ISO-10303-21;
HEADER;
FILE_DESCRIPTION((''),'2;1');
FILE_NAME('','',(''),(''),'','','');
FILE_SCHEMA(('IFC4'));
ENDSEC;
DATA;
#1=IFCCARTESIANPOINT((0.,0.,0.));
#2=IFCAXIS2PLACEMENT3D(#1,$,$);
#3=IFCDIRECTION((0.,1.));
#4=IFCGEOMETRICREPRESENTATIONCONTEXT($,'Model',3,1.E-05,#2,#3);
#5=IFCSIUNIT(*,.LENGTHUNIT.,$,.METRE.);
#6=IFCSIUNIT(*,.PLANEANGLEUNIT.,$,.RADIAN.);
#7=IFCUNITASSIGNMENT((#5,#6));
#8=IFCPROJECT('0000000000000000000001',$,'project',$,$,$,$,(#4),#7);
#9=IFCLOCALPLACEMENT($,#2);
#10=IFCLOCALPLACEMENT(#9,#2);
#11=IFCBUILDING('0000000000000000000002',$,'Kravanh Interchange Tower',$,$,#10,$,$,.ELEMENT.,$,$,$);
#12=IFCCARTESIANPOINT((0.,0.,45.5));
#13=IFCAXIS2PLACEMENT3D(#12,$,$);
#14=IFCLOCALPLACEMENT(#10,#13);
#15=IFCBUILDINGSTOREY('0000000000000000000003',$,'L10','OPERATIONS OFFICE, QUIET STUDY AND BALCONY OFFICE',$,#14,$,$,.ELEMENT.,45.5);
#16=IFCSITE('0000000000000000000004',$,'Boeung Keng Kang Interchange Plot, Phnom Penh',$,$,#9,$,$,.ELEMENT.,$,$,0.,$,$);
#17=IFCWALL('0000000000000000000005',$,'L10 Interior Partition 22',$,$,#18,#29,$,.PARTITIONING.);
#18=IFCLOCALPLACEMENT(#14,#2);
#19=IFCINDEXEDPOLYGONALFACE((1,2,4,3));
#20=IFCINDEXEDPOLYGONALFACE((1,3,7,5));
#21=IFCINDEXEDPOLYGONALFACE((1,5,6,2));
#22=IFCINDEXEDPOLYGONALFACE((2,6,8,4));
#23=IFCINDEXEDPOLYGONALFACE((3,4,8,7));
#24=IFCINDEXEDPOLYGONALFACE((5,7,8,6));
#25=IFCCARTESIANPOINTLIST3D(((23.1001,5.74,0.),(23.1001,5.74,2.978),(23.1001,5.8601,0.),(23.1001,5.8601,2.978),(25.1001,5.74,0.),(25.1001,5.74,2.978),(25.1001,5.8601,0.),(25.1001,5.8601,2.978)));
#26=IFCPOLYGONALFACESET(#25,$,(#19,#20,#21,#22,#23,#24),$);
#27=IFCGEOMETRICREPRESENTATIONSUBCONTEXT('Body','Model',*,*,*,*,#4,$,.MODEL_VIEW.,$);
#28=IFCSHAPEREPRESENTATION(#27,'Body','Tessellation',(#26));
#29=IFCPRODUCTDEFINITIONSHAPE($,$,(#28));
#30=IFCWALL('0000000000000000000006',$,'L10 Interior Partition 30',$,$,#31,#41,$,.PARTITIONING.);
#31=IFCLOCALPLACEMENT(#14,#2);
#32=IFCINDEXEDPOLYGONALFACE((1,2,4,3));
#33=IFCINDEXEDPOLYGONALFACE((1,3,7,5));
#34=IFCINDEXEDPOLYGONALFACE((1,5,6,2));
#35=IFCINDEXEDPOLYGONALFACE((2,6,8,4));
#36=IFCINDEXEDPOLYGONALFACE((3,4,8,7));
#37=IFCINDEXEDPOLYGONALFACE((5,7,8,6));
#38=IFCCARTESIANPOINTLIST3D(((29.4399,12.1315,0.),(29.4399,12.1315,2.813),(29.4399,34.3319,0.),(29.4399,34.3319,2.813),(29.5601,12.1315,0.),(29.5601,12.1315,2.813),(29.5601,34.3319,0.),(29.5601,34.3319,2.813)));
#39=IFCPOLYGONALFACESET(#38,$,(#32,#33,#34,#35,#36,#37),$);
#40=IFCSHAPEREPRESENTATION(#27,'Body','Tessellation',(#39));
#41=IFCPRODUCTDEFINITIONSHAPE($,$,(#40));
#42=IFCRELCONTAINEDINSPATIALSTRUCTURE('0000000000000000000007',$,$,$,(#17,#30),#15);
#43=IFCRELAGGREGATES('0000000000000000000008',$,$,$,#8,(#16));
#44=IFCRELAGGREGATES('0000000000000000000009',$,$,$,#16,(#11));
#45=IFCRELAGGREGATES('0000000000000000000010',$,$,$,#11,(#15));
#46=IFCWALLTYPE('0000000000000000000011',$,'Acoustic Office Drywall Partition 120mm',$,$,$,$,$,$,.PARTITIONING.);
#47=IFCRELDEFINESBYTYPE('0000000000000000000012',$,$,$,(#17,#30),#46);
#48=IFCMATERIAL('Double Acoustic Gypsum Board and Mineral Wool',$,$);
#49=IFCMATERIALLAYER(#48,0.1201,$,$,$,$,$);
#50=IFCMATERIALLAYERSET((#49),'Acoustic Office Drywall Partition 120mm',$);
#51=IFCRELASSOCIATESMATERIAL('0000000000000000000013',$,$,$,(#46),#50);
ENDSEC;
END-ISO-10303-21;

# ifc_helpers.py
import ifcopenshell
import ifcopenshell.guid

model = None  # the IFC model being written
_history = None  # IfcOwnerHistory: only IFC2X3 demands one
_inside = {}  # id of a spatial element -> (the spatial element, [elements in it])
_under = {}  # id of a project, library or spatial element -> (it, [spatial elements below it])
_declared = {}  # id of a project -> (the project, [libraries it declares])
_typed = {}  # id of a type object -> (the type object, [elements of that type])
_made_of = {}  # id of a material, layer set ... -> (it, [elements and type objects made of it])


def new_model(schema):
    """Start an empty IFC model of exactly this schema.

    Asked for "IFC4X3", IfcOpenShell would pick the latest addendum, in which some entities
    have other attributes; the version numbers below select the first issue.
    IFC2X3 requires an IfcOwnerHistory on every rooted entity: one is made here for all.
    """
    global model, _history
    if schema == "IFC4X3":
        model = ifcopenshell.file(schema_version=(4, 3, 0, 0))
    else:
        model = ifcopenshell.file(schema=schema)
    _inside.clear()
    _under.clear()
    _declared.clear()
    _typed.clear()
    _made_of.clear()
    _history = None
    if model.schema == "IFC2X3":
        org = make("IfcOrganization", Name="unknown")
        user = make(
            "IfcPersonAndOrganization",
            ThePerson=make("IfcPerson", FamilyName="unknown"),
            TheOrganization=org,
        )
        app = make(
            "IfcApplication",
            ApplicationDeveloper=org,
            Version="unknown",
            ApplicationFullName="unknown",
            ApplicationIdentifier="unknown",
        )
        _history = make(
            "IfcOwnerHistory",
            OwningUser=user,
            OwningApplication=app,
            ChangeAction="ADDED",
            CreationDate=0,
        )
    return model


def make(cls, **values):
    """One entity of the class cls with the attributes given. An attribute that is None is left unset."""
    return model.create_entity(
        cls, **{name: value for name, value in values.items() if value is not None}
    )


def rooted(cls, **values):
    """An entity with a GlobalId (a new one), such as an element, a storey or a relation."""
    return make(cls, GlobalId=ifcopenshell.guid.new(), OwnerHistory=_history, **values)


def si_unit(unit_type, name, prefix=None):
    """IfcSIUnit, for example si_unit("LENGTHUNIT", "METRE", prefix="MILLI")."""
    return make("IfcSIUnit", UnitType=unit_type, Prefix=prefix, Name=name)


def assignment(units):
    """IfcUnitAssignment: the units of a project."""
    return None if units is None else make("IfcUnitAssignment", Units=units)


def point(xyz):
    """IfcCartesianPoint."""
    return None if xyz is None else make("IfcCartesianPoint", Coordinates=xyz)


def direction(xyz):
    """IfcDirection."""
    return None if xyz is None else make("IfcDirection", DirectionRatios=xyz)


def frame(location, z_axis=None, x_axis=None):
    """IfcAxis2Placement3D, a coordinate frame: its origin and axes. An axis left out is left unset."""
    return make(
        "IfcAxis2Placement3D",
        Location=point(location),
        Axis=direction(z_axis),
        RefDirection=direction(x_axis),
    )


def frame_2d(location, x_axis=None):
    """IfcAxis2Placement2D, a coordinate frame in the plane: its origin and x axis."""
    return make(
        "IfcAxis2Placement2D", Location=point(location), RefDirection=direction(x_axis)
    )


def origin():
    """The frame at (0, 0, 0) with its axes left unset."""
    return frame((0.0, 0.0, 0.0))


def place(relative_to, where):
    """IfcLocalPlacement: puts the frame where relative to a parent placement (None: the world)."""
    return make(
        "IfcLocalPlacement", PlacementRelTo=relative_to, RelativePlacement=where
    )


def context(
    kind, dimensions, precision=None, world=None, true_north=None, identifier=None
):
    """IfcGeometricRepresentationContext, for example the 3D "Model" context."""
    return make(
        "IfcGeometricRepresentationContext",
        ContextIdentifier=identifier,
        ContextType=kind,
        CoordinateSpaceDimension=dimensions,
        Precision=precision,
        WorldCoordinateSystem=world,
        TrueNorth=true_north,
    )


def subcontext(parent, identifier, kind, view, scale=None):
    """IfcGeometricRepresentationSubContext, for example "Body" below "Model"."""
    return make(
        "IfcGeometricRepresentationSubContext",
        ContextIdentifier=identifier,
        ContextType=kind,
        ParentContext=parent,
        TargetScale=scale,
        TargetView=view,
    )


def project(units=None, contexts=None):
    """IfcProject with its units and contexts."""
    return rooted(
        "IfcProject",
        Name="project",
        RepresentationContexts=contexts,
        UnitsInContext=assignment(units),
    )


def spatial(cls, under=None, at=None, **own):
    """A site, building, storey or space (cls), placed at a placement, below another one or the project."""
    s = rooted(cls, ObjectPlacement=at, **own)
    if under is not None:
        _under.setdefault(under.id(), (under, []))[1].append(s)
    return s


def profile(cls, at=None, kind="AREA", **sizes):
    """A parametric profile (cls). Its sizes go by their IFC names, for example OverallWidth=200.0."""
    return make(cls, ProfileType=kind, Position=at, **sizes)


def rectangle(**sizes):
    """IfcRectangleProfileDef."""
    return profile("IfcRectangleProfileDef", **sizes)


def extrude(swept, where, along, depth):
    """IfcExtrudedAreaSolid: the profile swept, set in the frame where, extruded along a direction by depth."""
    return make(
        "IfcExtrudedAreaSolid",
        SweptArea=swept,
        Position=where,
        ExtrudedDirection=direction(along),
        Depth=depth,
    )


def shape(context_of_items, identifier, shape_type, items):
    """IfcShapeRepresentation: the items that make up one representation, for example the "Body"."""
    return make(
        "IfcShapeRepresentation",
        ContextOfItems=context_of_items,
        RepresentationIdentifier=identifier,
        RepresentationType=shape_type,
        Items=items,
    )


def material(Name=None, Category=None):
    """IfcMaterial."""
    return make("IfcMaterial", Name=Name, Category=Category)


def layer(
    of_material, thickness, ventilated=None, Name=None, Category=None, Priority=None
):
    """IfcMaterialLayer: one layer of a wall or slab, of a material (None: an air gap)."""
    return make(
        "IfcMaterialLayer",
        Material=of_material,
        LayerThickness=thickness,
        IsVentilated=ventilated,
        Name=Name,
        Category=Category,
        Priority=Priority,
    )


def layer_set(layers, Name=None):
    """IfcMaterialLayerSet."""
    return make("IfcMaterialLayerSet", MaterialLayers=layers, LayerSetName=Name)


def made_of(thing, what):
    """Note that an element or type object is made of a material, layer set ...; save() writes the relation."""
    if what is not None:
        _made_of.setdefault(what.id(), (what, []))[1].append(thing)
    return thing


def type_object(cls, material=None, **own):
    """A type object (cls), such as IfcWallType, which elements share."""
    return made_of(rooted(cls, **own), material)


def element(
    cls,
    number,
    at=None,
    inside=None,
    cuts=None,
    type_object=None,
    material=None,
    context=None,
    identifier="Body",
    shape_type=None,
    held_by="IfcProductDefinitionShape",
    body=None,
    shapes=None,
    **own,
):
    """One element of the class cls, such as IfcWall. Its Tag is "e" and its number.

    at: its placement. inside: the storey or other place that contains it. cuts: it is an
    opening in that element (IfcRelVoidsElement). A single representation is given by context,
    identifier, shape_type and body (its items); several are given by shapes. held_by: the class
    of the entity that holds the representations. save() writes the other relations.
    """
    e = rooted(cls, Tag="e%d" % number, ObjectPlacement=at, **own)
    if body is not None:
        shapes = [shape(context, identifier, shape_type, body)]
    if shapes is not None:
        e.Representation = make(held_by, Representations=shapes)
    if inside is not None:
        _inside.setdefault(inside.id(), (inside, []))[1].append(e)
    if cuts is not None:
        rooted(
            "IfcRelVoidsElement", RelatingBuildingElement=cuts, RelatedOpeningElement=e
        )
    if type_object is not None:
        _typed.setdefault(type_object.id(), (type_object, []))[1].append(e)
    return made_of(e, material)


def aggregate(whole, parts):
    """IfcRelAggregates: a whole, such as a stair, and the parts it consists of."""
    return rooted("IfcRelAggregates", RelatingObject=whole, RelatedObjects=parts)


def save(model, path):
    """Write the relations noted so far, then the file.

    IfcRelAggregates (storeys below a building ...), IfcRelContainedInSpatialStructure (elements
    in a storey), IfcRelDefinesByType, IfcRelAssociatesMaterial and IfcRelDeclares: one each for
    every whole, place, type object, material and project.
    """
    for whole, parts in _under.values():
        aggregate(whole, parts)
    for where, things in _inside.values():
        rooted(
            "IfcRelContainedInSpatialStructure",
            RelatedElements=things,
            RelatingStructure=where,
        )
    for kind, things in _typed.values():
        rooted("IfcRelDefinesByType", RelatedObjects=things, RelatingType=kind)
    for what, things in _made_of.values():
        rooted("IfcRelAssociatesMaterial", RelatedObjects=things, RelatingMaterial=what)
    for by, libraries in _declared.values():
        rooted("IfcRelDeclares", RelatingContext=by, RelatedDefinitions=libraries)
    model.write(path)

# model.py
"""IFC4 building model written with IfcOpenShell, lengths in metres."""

from ifc_helpers import new_model, si_unit, direction, frame, frame_2d, origin, place, context, subcontext, project, spatial, rectangle, extrude, material, layer, layer_set, type_object, element, save


model = new_model("IFC4")

# Units and contexts
model_context = context("Model", 3, precision=1e-05, world=origin(), true_north=direction((0.0, 1.0)))
body_context = subcontext(model_context, "Body", "Model", "MODEL_VIEW")
ifc_project = project(units=[si_unit("LENGTHUNIT", "METRE"), si_unit("PLANEANGLEUNIT", "RADIAN")], contexts=[model_context])

# Site, building, storey
site_placement = place(None, origin())
site = spatial("IfcSite", under=ifc_project, at=site_placement, Name="Boeung Keng Kang Interchange Plot, Phnom Penh", CompositionType="ELEMENT", RefElevation=0.0)
building_placement = place(site_placement, origin())
building = spatial("IfcBuilding", under=site, at=building_placement, Name="Kravanh Interchange Tower", CompositionType="ELEMENT")
storey_placement = place(building_placement, frame((0.0, 0.0, 45.5)))
storey = spatial("IfcBuildingStorey", under=building, at=storey_placement, Name="L10", Description="OPERATIONS OFFICE, QUIET STUDY AND BALCONY OFFICE", CompositionType="ELEMENT", Elevation=45.5)

# Shared definitions
ifc_material_1 = material(Name="Double Acoustic Gypsum Board and Mineral Wool")
ifc_layer_1 = layer(ifc_material_1, 0.1201)
ifc_layer_set_1 = layer_set([ifc_layer_1], Name="Acoustic Office Drywall Partition 120mm")
wall_type = type_object("IfcWallType", Name="Acoustic Office Drywall Partition 120mm", PredefinedType="PARTITIONING", material=ifc_layer_set_1)

# Walls
wall_1_placement = place(storey_placement, frame((23.1001, 5.8, 0.0), z_axis=(0.0, 0.0, 1.0), x_axis=(1.0, 0.0, 0.0)))
element("IfcWall", 1, at=wall_1_placement, inside=storey, type_object=wall_type, Name="L10 Interior Partition 22", PredefinedType="PARTITIONING", context=body_context, shape_type="SweptSolid", body=[
    extrude(rectangle(XDim=2.0, YDim=0.1201, at=frame_2d((1.0, 0.0))), origin(), (0.0, 0.0, 1.0), 2.978),
])
wall_2_placement = place(storey_placement, frame((29.5, 12.1316, 0.0), z_axis=(0.0, 0.0, 1.0), x_axis=(0.0, 1.0, 0.0)))
element("IfcWall", 2, at=wall_2_placement, inside=storey, type_object=wall_type, Name="L10 Interior Partition 30", PredefinedType="PARTITIONING", context=body_context, shape_type="SweptSolid", body=[
    extrude(rectangle(XDim=22.2004, YDim=0.1201, at=frame_2d((11.1001, 0.0))), origin(), (0.0, 0.0, 1.0), 2.813),
])

save(model, "model.ifc")
